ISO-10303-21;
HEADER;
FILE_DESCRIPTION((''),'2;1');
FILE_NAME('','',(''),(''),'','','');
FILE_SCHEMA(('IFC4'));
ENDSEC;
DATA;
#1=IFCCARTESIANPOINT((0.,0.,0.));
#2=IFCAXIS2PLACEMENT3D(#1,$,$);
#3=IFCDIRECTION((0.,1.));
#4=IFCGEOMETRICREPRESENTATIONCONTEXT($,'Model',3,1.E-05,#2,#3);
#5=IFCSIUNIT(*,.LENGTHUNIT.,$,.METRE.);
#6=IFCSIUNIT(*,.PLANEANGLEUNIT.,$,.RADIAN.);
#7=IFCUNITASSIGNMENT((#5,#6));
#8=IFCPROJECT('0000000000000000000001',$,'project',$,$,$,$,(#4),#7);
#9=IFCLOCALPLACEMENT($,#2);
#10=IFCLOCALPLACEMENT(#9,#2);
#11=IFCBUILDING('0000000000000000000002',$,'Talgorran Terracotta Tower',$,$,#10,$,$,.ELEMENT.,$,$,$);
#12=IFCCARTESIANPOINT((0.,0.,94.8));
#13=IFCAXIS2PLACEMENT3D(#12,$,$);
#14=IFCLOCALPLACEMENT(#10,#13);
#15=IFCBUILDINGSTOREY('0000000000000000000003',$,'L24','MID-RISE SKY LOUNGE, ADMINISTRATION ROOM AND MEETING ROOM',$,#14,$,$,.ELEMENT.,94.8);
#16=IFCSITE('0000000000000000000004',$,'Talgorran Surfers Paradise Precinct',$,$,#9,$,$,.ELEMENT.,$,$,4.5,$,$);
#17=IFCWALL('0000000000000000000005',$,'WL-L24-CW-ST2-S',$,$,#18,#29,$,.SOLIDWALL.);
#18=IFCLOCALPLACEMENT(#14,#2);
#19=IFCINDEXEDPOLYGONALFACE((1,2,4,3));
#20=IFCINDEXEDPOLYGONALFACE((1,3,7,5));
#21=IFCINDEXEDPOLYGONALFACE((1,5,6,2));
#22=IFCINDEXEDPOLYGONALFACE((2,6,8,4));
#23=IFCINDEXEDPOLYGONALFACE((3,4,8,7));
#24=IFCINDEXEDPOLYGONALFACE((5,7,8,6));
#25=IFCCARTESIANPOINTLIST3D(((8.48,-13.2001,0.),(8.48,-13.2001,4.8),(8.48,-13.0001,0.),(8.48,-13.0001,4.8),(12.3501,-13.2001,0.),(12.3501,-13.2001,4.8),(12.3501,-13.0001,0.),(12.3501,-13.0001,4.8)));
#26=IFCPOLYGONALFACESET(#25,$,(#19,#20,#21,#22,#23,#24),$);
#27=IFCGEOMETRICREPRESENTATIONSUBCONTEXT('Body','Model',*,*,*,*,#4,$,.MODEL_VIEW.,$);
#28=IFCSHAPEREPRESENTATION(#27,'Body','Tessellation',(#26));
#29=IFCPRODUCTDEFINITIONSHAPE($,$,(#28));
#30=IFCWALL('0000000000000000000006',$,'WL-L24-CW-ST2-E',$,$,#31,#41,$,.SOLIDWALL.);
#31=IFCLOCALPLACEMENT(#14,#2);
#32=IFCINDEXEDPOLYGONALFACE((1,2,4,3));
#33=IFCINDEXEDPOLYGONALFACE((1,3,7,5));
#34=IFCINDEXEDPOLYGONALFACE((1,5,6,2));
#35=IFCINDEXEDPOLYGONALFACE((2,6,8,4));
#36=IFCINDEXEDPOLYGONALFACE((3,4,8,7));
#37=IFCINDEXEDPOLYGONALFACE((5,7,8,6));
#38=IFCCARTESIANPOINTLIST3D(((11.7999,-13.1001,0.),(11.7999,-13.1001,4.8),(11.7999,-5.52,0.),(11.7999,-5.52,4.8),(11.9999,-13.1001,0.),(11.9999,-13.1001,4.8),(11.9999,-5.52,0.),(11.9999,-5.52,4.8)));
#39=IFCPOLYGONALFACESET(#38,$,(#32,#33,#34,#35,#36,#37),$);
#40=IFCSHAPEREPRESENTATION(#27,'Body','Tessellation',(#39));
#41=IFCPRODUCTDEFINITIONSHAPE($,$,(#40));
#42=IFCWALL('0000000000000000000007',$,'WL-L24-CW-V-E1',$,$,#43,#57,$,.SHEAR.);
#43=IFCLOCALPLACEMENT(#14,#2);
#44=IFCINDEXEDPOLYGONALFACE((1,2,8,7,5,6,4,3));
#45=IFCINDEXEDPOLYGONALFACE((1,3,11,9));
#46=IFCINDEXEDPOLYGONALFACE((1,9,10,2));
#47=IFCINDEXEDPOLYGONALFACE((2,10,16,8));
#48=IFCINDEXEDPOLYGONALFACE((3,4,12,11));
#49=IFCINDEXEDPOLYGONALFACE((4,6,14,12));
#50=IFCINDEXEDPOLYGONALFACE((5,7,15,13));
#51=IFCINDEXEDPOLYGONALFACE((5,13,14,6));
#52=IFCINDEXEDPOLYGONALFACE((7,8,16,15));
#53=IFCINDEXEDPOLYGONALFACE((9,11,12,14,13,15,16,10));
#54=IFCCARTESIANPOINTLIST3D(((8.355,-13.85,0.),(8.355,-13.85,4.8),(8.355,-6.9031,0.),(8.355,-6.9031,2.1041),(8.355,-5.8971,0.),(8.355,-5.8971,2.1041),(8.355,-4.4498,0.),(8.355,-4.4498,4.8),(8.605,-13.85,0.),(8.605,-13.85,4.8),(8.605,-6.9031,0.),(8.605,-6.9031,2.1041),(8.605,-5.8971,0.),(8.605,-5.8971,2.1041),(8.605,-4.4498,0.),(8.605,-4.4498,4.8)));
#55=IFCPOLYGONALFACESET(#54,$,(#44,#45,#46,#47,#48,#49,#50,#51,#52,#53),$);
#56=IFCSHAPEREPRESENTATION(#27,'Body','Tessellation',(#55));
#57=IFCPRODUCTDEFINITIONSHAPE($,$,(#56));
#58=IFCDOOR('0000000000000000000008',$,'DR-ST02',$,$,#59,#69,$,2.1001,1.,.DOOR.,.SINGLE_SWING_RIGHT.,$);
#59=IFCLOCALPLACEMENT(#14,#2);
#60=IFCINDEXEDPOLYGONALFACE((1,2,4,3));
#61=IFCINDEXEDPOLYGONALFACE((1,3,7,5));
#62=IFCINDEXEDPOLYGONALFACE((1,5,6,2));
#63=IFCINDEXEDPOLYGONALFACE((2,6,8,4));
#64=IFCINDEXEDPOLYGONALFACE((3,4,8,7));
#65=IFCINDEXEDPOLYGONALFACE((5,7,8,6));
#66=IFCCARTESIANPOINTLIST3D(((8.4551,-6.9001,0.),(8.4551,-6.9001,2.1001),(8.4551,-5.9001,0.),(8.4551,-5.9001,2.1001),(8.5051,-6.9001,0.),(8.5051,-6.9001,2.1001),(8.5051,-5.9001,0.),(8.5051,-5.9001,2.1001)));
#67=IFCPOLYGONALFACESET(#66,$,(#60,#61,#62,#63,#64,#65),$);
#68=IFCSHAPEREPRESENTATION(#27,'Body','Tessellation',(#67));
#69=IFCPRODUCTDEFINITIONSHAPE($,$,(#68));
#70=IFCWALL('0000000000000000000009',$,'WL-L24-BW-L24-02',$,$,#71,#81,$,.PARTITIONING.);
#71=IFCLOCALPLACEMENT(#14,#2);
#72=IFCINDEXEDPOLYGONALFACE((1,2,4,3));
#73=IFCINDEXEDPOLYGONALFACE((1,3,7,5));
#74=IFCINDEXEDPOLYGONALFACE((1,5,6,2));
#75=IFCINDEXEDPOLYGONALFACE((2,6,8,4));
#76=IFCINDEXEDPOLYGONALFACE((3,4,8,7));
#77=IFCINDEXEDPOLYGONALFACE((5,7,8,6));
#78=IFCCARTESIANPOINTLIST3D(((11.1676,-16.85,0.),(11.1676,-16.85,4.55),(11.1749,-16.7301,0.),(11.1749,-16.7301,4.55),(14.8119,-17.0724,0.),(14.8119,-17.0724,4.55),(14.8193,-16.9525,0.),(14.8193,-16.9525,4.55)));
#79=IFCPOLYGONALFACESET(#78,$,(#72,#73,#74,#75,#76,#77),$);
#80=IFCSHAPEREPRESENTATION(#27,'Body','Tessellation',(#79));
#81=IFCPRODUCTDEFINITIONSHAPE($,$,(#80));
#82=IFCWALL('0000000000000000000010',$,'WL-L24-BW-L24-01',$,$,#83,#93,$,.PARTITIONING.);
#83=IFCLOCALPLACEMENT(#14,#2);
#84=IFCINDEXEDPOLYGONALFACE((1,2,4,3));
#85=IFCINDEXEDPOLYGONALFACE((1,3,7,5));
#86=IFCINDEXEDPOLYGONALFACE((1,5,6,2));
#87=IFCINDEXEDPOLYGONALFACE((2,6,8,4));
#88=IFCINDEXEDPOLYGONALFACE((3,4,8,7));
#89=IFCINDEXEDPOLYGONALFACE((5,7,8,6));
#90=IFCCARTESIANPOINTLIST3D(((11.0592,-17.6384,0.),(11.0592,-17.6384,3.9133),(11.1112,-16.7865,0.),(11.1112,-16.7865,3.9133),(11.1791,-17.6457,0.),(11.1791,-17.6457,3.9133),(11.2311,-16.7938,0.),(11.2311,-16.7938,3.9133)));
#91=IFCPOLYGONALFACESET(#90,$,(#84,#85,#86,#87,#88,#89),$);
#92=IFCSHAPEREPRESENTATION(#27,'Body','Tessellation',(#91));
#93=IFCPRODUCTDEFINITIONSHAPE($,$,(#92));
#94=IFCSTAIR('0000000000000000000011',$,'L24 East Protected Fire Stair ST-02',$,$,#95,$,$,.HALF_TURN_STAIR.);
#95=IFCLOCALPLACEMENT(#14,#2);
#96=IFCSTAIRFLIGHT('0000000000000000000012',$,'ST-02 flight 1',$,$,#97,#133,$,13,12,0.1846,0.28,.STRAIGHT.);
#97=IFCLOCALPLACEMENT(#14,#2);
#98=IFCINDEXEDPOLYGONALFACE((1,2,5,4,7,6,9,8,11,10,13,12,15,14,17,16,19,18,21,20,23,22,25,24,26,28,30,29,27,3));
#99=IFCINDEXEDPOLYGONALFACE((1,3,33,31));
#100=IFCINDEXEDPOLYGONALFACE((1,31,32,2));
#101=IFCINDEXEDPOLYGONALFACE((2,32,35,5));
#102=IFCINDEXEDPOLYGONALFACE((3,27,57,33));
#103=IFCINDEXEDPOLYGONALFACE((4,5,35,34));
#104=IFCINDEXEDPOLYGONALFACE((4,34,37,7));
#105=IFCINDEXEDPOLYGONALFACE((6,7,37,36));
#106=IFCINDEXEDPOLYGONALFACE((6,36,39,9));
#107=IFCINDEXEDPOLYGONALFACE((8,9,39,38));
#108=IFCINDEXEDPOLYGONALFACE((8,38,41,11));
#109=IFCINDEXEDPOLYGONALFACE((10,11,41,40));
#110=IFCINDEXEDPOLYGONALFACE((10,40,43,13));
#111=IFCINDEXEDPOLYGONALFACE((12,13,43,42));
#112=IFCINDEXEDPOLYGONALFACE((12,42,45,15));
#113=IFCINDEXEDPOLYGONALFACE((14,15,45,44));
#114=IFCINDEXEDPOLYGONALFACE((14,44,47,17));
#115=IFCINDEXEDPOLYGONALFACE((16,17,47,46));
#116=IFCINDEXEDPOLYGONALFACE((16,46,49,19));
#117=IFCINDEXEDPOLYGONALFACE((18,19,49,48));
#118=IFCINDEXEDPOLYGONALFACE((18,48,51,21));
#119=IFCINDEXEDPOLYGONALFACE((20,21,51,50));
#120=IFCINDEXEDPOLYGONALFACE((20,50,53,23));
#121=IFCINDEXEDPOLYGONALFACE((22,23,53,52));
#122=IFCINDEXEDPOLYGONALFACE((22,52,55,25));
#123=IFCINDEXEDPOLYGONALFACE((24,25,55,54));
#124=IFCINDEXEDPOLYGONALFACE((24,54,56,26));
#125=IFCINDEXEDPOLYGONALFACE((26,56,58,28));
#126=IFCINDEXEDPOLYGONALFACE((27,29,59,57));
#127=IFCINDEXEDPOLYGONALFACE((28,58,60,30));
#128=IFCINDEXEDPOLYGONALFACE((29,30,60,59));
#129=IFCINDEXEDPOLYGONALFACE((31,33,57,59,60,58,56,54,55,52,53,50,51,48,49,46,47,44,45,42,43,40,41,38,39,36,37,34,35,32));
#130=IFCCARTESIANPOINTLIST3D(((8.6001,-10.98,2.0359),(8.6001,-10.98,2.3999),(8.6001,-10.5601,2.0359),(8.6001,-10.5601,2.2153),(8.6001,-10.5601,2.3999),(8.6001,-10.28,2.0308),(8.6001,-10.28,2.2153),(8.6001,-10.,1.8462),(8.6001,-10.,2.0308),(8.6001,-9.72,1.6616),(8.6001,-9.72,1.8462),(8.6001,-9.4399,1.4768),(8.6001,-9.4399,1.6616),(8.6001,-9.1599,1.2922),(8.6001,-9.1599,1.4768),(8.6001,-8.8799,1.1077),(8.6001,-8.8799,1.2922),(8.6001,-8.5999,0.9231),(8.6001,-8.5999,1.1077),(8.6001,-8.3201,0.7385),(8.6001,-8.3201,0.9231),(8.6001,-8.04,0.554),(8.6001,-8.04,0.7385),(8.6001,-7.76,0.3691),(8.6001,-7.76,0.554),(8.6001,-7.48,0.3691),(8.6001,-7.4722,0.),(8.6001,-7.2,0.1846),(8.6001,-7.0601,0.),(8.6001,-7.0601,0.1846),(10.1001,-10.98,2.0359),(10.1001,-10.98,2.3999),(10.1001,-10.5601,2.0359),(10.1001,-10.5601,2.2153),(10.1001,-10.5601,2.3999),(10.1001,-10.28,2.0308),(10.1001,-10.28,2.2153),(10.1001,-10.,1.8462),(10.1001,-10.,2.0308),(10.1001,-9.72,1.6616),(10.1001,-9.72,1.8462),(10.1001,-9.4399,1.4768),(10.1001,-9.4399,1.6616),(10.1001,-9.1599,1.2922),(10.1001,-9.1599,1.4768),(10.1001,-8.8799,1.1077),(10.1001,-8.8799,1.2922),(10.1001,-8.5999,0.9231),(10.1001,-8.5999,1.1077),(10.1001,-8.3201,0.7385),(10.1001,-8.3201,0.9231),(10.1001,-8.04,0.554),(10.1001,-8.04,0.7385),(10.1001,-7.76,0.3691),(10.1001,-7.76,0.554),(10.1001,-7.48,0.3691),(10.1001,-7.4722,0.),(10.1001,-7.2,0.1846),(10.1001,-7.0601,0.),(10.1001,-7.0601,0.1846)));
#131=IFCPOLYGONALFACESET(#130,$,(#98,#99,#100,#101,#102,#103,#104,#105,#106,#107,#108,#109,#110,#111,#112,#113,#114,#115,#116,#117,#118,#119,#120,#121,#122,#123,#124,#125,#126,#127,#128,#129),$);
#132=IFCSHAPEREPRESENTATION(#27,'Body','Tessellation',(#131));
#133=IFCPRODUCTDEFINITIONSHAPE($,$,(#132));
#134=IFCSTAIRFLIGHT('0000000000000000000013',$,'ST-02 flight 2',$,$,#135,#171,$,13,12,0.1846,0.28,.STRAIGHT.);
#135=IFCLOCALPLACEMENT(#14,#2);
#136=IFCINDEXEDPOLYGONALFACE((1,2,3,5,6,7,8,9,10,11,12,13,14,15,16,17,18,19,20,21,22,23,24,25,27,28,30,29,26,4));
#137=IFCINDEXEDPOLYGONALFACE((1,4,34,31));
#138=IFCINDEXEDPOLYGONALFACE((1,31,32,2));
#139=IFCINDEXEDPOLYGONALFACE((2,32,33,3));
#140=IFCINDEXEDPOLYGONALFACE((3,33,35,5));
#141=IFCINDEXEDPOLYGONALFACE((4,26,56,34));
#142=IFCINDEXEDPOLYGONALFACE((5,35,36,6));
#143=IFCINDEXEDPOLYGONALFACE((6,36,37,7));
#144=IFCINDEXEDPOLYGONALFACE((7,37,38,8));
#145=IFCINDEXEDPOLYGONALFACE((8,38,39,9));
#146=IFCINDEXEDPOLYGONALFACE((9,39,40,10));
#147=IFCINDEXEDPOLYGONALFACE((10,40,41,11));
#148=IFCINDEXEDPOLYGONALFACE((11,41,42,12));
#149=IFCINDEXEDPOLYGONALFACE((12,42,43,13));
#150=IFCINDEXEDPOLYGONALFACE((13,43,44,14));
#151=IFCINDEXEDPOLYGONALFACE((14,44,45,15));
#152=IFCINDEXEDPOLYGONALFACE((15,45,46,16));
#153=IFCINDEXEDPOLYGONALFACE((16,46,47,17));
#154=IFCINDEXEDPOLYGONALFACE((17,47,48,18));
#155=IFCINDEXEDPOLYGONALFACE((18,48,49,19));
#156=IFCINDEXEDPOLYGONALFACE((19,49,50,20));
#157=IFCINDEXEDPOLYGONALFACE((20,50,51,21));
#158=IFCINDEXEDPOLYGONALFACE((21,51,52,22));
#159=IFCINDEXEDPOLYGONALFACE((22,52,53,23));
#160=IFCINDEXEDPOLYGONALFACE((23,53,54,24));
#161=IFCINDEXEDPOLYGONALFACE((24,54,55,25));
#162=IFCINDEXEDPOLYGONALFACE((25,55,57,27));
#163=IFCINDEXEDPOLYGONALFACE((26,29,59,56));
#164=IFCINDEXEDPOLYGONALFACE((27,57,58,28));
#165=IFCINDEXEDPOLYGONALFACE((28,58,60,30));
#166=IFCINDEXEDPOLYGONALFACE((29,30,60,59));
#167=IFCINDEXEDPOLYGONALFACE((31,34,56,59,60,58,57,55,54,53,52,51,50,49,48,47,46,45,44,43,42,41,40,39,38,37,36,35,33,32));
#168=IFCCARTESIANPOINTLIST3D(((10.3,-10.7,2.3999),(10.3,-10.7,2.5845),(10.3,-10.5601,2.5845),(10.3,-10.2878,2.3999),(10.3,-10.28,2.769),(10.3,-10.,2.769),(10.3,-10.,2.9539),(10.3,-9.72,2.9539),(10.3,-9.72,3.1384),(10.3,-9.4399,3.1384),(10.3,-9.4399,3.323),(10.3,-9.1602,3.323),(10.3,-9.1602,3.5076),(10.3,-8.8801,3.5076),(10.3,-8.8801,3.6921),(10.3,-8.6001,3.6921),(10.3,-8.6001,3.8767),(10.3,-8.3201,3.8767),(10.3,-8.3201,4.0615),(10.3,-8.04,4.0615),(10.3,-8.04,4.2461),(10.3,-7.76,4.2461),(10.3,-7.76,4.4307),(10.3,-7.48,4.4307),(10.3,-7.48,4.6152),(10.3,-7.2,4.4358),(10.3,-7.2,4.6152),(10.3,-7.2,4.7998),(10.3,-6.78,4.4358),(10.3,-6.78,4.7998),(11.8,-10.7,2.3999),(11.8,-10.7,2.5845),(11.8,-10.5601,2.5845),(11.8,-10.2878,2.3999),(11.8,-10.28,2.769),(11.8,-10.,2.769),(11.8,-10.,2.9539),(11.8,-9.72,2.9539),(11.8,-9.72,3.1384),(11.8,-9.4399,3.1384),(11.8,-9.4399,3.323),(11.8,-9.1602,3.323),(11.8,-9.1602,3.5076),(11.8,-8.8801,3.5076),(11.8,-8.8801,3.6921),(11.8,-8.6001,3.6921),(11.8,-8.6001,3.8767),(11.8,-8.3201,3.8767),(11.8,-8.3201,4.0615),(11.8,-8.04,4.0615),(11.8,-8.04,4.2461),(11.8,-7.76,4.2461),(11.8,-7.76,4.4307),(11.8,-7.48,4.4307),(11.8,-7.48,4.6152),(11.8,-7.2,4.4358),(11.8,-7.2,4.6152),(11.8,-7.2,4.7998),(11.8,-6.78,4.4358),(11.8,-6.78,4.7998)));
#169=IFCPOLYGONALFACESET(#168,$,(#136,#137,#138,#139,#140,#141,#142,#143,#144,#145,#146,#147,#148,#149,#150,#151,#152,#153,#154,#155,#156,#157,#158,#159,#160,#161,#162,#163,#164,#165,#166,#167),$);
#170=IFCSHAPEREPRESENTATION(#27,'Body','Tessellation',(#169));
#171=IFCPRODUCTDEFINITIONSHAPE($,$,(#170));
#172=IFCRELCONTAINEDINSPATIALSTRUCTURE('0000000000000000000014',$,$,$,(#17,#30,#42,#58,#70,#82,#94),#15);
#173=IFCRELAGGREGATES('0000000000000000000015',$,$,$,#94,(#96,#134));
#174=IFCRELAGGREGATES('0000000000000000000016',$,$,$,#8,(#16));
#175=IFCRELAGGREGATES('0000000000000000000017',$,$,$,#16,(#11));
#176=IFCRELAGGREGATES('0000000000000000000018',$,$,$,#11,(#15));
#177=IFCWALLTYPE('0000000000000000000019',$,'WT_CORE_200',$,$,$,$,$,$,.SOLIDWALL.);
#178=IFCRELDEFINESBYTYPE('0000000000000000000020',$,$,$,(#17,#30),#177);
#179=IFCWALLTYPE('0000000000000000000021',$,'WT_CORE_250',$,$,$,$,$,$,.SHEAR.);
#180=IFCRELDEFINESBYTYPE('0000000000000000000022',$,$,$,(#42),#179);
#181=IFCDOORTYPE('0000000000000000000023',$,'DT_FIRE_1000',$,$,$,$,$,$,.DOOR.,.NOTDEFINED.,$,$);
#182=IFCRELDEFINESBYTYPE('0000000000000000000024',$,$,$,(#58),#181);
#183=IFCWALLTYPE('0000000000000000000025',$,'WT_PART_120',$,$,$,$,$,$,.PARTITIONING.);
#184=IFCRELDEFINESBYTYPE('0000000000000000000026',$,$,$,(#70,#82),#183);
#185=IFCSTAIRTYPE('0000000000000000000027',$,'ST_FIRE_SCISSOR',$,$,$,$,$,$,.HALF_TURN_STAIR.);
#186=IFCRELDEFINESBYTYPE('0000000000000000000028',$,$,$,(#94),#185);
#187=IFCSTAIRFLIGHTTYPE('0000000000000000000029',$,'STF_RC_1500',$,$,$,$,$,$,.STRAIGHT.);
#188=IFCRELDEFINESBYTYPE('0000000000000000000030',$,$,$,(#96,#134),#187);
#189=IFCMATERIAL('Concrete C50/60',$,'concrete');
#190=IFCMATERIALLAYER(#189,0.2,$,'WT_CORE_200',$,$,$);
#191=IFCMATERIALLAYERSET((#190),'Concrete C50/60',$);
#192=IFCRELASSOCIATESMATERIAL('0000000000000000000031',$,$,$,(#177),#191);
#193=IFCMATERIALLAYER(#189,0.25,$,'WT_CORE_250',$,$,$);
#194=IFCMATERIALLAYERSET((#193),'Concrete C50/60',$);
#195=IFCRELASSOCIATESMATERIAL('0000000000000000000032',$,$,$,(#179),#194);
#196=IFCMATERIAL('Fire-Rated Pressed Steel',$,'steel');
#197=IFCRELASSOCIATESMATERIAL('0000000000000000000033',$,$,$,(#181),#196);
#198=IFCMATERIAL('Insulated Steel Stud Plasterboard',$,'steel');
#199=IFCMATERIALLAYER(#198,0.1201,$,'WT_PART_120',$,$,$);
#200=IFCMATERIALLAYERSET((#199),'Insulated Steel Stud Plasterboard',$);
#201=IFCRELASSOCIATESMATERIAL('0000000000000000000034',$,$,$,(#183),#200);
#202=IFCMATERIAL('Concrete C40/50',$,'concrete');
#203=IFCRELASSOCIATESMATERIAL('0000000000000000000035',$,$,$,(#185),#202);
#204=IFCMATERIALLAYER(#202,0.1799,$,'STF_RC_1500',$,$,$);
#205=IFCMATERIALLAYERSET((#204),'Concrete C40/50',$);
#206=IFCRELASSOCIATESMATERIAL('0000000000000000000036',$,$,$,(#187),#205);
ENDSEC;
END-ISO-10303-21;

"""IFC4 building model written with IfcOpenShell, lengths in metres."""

from ifc_helpers import new_model, si_unit, direction, frame, frame_2d, origin, place, context, subcontext, project, spatial, polyline, rectangle, outline, extrude, material, layer, layer_set, type_object, element, fill, aggregate, save


model = new_model("IFC4")

# Units and contexts
model_context = context("Model", 3, precision=1e-05, world=origin(), true_north=direction((0.0, 1.0)))
body_context = subcontext(model_context, "Body", "Model", "MODEL_VIEW")
ifc_project = project(units=[si_unit("LENGTHUNIT", "METRE"), si_unit("PLANEANGLEUNIT", "RADIAN")], contexts=[model_context])

# Site, building, storey
site_placement = place(None, origin())
site = spatial("IfcSite", under=ifc_project, at=site_placement, Name="Talgorran Surfers Paradise Precinct", CompositionType="ELEMENT", RefElevation=4.5)
building_placement = place(site_placement, origin())
building = spatial("IfcBuilding", under=site, at=building_placement, Name="Talgorran Terracotta Tower", CompositionType="ELEMENT")
storey_placement = place(building_placement, frame((0.0, 0.0, 94.8)))
storey = spatial("IfcBuildingStorey", under=building, at=storey_placement, Name="L24", Description="MID-RISE SKY LOUNGE, ADMINISTRATION ROOM AND MEETING ROOM", CompositionType="ELEMENT", Elevation=94.8)

# Walls
ifc_material_1 = material(Name="Concrete C50/60", Category="concrete")
ifc_layer_1 = layer(ifc_material_1, 0.2, Name="WT_CORE_200")
ifc_layer_set_1 = layer_set([ifc_layer_1], Name="Concrete C50/60")
wall_type_1 = type_object("IfcWallType", Name="WT_CORE_200", PredefinedType="SOLIDWALL", material=ifc_layer_set_1)
wall_1_placement = place(storey_placement, frame((8.48, -13.1001, 0.0), z_axis=(0.0, 0.0, 1.0), x_axis=(1.0, 0.0, 0.0)))
element("IfcWall", 1, at=wall_1_placement, inside=storey, type_object=wall_type_1, Name="WL-L24-CW-ST2-S", PredefinedType="SOLIDWALL", context=body_context, shape_type="SweptSolid", body=[
    extrude(rectangle(XDim=3.8701, YDim=0.2, at=frame_2d((1.9351, 0.0))), origin(), (0.0, 0.0, 1.0), 4.8),
])
wall_2_placement = place(storey_placement, frame((11.8999, -13.1001, 0.0), z_axis=(0.0, 0.0, 1.0), x_axis=(0.0, 1.0, 0.0)))
element("IfcWall", 2, at=wall_2_placement, inside=storey, type_object=wall_type_1, Name="WL-L24-CW-ST2-E", PredefinedType="SOLIDWALL", context=body_context, shape_type="SweptSolid", body=[
    extrude(rectangle(XDim=7.5801, YDim=0.2, at=frame_2d((3.79, 0.0))), origin(), (0.0, 0.0, 1.0), 4.8),
])

# Wall, opening, door
ifc_layer_2 = layer(ifc_material_1, 0.25, Name="WT_CORE_250")
ifc_layer_set_2 = layer_set([ifc_layer_2], Name="Concrete C50/60")
wall_type_2 = type_object("IfcWallType", Name="WT_CORE_250", PredefinedType="SHEAR", material=ifc_layer_set_2)
wall_3_placement = place(storey_placement, frame((8.48, -13.8501, 0.0), z_axis=(0.0, 0.0, 1.0), x_axis=(0.0, 1.0, 0.0)))
wall_3 = element("IfcWall", 3, at=wall_3_placement, inside=storey, type_object=wall_type_2, Name="WL-L24-CW-V-E1", PredefinedType="SHEAR", context=body_context, shape_type="SweptSolid", body=[
    extrude(rectangle(XDim=9.4001, YDim=0.25, at=frame_2d((4.7002, 0.0))), origin(), (0.0, 0.0, 1.0), 4.8),
])
opening_placement = place(wall_3_placement, frame((6.95, 0.0, 0.0)))
opening = element("IfcOpeningElement", 4, at=opening_placement, cuts=wall_3, PredefinedType="OPENING", context=body_context, shape_type="SweptSolid", body=[
    extrude(rectangle(XDim=1.006, YDim=2.1041, at=frame_2d((0.5, 1.052))), frame((0.0, 0.135, 0.0), z_axis=(0.0, -1.0, 0.0), x_axis=(1.0, 0.0, 0.0)), (0.0, 0.0, 1.0), 0.27),
])
ifc_material_2 = material(Name="Fire-Rated Pressed Steel", Category="steel")
door_type = type_object("IfcDoorType", Name="DT_FIRE_1000", OperationType="NOTDEFINED", PredefinedType="DOOR", material=ifc_material_2)
door_placement = place(opening_placement, origin())
door = element("IfcDoor", 5, at=door_placement, inside=storey, type_object=door_type, Name="DR-ST02", OperationType="SINGLE_SWING_RIGHT", OverallHeight=2.1001, OverallWidth=1.0, PredefinedType="DOOR", context=body_context, shape_type="SweptSolid", body=[
    extrude(rectangle(XDim=1.0, YDim=2.1001, at=frame_2d((0.5, 1.05))), frame((0.0, 0.0249, 0.0), z_axis=(0.0, -1.0, 0.0), x_axis=(1.0, 0.0, 0.0)), (0.0, 0.0, 1.0), 0.05),
])
fill(opening, door)

# Walls
ifc_material_3 = material(Name="Insulated Steel Stud Plasterboard", Category="steel")
ifc_layer_3 = layer(ifc_material_3, 0.1201, Name="WT_PART_120")
ifc_layer_set_3 = layer_set([ifc_layer_3], Name="Insulated Steel Stud Plasterboard")
wall_type_3 = type_object("IfcWallType", Name="WT_PART_120", PredefinedType="PARTITIONING", material=ifc_layer_set_3)
wall_4_placement = place(storey_placement, frame((11.1711, -16.79, 0.0), z_axis=(0.0, 0.0, 1.0), x_axis=(0.998143, -0.060917, 0.0)))
element("IfcWall", 6, at=wall_4_placement, inside=storey, type_object=wall_type_3, Name="WL-L24-BW-L24-02", PredefinedType="PARTITIONING", context=body_context, shape_type="SweptSolid", body=[
    extrude(rectangle(XDim=3.6511, YDim=0.1201, at=frame_2d((1.8257, 0.0))), origin(), (0.0, 0.0, 1.0), 4.55),
])
wall_5_placement = place(storey_placement, frame((11.1191, -17.6421, 0.0), z_axis=(0.0, 0.0, 1.0), x_axis=(0.060918, 0.998143, 0.0)))
element("IfcWall", 7, at=wall_5_placement, inside=storey, type_object=wall_type_3, Name="WL-L24-BW-L24-01", PredefinedType="PARTITIONING", context=body_context, shape_type="SweptSolid", body=[
    extrude(rectangle(XDim=0.8535, YDim=0.1201, at=frame_2d((0.4268, 0.0))), origin(), (0.0, 0.0, 1.0), 3.9133),
])

# Stair, stair flights
ifc_material_4 = material(Name="Concrete C40/50", Category="concrete")
stair_type = type_object("IfcStairType", Name="ST_FIRE_SCISSOR", PredefinedType="HALF_TURN_STAIR", material=ifc_material_4)
stair_placement = place(storey_placement, origin())
stair = element("IfcStair", 8, at=stair_placement, inside=storey, type_object=stair_type, Name="L24 East Protected Fire Stair ST-02", PredefinedType="HALF_TURN_STAIR")
ifc_layer_4 = layer(ifc_material_4, 0.1799, Name="STF_RC_1500")
ifc_layer_set_4 = layer_set([ifc_layer_4], Name="Concrete C40/50")
stair_flight_type = type_object("IfcStairFlightType", Name="STF_RC_1500", PredefinedType="STRAIGHT", material=ifc_layer_set_4)
stair_flight_1_placement = place(storey_placement, frame((9.3501, -7.2, 0.0), z_axis=(0.0, 0.0, 1.0), x_axis=(0.0, -1.0, 0.0)))
stair_flight_1 = element("IfcStairFlight", 9, at=stair_flight_1_placement, type_object=stair_flight_type, Name="ST-02 flight 1", NumberOfRisers=13, NumberOfTreads=12, PredefinedType="STRAIGHT", RiserHeight=0.1846, TreadLength=0.28, context=body_context, shape_type="SweptSolid", body=[
    extrude(outline(polyline([(-0.1399, 0.0), (-0.1399, 0.1846), (0.0, 0.1846), (0.28, 0.3691), (0.5601, 0.3691), (0.5601, 0.554), (0.8401, 0.554), (0.8401, 0.7385), (1.1201, 0.7385), (1.1201, 0.9231), (1.3999, 0.9231), (1.3999, 1.1077), (1.6799, 1.1077), (1.6799, 1.2922), (1.96, 1.2922), (1.96, 1.4768), (2.24, 1.4768), (2.24, 1.6616), (2.52, 1.6616), (2.52, 1.8462), (2.8, 1.8462), (2.8, 2.0308), (3.0801, 2.0308), (3.0801, 2.2153), (3.3601, 2.2153), (3.3601, 2.3999), (3.78, 2.3999), (3.78, 2.0359), (3.3601, 2.0359), (0.2722, 0.0), (-0.1399, 0.0)])), frame((0.0, 0.75, 0.0), z_axis=(0.0, -1.0, 0.0), x_axis=(1.0, 0.0, 0.0)), (0.0, 0.0, 1.0), 1.5),
])
stair_flight_2_placement = place(storey_placement, frame((11.05, -10.5601, 2.3999), z_axis=(0.0, 0.0, 1.0), x_axis=(0.0, 1.0, 0.0)))
stair_flight_2 = element("IfcStairFlight", 10, at=stair_flight_2_placement, type_object=stair_flight_type, Name="ST-02 flight 2", NumberOfRisers=13, NumberOfTreads=12, PredefinedType="STRAIGHT", RiserHeight=0.1846, TreadLength=0.28, context=body_context, shape_type="SweptSolid", body=[
    extrude(outline(polyline([(-0.1399, 0.0), (-0.1399, 0.1846), (0.0, 0.1846), (0.28, 0.3691), (0.5601, 0.3691), (0.5601, 0.554), (0.8401, 0.554), (0.8401, 0.7385), (1.1201, 0.7385), (1.1201, 0.9231), (1.3999, 0.9231), (1.3999, 1.1077), (1.6799, 1.1077), (1.6799, 1.2922), (1.96, 1.2922), (1.96, 1.4768), (2.24, 1.4768), (2.24, 1.6616), (2.52, 1.6616), (2.52, 1.8462), (2.8, 1.8462), (2.8, 2.0308), (3.0801, 2.0308), (3.0801, 2.2153), (3.3601, 2.2153), (3.3601, 2.3999), (3.78, 2.3999), (3.78, 2.0359), (3.3601, 2.0359), (0.2722, 0.0), (-0.1399, 0.0)])), frame((0.0, 0.75, 0.0), z_axis=(0.0, -1.0, 0.0), x_axis=(1.0, 0.0, 0.0)), (0.0, 0.0, 1.0), 1.5),
])
aggregate(stair, [stair_flight_1, stair_flight_2])

save(model, "model.ifc")
